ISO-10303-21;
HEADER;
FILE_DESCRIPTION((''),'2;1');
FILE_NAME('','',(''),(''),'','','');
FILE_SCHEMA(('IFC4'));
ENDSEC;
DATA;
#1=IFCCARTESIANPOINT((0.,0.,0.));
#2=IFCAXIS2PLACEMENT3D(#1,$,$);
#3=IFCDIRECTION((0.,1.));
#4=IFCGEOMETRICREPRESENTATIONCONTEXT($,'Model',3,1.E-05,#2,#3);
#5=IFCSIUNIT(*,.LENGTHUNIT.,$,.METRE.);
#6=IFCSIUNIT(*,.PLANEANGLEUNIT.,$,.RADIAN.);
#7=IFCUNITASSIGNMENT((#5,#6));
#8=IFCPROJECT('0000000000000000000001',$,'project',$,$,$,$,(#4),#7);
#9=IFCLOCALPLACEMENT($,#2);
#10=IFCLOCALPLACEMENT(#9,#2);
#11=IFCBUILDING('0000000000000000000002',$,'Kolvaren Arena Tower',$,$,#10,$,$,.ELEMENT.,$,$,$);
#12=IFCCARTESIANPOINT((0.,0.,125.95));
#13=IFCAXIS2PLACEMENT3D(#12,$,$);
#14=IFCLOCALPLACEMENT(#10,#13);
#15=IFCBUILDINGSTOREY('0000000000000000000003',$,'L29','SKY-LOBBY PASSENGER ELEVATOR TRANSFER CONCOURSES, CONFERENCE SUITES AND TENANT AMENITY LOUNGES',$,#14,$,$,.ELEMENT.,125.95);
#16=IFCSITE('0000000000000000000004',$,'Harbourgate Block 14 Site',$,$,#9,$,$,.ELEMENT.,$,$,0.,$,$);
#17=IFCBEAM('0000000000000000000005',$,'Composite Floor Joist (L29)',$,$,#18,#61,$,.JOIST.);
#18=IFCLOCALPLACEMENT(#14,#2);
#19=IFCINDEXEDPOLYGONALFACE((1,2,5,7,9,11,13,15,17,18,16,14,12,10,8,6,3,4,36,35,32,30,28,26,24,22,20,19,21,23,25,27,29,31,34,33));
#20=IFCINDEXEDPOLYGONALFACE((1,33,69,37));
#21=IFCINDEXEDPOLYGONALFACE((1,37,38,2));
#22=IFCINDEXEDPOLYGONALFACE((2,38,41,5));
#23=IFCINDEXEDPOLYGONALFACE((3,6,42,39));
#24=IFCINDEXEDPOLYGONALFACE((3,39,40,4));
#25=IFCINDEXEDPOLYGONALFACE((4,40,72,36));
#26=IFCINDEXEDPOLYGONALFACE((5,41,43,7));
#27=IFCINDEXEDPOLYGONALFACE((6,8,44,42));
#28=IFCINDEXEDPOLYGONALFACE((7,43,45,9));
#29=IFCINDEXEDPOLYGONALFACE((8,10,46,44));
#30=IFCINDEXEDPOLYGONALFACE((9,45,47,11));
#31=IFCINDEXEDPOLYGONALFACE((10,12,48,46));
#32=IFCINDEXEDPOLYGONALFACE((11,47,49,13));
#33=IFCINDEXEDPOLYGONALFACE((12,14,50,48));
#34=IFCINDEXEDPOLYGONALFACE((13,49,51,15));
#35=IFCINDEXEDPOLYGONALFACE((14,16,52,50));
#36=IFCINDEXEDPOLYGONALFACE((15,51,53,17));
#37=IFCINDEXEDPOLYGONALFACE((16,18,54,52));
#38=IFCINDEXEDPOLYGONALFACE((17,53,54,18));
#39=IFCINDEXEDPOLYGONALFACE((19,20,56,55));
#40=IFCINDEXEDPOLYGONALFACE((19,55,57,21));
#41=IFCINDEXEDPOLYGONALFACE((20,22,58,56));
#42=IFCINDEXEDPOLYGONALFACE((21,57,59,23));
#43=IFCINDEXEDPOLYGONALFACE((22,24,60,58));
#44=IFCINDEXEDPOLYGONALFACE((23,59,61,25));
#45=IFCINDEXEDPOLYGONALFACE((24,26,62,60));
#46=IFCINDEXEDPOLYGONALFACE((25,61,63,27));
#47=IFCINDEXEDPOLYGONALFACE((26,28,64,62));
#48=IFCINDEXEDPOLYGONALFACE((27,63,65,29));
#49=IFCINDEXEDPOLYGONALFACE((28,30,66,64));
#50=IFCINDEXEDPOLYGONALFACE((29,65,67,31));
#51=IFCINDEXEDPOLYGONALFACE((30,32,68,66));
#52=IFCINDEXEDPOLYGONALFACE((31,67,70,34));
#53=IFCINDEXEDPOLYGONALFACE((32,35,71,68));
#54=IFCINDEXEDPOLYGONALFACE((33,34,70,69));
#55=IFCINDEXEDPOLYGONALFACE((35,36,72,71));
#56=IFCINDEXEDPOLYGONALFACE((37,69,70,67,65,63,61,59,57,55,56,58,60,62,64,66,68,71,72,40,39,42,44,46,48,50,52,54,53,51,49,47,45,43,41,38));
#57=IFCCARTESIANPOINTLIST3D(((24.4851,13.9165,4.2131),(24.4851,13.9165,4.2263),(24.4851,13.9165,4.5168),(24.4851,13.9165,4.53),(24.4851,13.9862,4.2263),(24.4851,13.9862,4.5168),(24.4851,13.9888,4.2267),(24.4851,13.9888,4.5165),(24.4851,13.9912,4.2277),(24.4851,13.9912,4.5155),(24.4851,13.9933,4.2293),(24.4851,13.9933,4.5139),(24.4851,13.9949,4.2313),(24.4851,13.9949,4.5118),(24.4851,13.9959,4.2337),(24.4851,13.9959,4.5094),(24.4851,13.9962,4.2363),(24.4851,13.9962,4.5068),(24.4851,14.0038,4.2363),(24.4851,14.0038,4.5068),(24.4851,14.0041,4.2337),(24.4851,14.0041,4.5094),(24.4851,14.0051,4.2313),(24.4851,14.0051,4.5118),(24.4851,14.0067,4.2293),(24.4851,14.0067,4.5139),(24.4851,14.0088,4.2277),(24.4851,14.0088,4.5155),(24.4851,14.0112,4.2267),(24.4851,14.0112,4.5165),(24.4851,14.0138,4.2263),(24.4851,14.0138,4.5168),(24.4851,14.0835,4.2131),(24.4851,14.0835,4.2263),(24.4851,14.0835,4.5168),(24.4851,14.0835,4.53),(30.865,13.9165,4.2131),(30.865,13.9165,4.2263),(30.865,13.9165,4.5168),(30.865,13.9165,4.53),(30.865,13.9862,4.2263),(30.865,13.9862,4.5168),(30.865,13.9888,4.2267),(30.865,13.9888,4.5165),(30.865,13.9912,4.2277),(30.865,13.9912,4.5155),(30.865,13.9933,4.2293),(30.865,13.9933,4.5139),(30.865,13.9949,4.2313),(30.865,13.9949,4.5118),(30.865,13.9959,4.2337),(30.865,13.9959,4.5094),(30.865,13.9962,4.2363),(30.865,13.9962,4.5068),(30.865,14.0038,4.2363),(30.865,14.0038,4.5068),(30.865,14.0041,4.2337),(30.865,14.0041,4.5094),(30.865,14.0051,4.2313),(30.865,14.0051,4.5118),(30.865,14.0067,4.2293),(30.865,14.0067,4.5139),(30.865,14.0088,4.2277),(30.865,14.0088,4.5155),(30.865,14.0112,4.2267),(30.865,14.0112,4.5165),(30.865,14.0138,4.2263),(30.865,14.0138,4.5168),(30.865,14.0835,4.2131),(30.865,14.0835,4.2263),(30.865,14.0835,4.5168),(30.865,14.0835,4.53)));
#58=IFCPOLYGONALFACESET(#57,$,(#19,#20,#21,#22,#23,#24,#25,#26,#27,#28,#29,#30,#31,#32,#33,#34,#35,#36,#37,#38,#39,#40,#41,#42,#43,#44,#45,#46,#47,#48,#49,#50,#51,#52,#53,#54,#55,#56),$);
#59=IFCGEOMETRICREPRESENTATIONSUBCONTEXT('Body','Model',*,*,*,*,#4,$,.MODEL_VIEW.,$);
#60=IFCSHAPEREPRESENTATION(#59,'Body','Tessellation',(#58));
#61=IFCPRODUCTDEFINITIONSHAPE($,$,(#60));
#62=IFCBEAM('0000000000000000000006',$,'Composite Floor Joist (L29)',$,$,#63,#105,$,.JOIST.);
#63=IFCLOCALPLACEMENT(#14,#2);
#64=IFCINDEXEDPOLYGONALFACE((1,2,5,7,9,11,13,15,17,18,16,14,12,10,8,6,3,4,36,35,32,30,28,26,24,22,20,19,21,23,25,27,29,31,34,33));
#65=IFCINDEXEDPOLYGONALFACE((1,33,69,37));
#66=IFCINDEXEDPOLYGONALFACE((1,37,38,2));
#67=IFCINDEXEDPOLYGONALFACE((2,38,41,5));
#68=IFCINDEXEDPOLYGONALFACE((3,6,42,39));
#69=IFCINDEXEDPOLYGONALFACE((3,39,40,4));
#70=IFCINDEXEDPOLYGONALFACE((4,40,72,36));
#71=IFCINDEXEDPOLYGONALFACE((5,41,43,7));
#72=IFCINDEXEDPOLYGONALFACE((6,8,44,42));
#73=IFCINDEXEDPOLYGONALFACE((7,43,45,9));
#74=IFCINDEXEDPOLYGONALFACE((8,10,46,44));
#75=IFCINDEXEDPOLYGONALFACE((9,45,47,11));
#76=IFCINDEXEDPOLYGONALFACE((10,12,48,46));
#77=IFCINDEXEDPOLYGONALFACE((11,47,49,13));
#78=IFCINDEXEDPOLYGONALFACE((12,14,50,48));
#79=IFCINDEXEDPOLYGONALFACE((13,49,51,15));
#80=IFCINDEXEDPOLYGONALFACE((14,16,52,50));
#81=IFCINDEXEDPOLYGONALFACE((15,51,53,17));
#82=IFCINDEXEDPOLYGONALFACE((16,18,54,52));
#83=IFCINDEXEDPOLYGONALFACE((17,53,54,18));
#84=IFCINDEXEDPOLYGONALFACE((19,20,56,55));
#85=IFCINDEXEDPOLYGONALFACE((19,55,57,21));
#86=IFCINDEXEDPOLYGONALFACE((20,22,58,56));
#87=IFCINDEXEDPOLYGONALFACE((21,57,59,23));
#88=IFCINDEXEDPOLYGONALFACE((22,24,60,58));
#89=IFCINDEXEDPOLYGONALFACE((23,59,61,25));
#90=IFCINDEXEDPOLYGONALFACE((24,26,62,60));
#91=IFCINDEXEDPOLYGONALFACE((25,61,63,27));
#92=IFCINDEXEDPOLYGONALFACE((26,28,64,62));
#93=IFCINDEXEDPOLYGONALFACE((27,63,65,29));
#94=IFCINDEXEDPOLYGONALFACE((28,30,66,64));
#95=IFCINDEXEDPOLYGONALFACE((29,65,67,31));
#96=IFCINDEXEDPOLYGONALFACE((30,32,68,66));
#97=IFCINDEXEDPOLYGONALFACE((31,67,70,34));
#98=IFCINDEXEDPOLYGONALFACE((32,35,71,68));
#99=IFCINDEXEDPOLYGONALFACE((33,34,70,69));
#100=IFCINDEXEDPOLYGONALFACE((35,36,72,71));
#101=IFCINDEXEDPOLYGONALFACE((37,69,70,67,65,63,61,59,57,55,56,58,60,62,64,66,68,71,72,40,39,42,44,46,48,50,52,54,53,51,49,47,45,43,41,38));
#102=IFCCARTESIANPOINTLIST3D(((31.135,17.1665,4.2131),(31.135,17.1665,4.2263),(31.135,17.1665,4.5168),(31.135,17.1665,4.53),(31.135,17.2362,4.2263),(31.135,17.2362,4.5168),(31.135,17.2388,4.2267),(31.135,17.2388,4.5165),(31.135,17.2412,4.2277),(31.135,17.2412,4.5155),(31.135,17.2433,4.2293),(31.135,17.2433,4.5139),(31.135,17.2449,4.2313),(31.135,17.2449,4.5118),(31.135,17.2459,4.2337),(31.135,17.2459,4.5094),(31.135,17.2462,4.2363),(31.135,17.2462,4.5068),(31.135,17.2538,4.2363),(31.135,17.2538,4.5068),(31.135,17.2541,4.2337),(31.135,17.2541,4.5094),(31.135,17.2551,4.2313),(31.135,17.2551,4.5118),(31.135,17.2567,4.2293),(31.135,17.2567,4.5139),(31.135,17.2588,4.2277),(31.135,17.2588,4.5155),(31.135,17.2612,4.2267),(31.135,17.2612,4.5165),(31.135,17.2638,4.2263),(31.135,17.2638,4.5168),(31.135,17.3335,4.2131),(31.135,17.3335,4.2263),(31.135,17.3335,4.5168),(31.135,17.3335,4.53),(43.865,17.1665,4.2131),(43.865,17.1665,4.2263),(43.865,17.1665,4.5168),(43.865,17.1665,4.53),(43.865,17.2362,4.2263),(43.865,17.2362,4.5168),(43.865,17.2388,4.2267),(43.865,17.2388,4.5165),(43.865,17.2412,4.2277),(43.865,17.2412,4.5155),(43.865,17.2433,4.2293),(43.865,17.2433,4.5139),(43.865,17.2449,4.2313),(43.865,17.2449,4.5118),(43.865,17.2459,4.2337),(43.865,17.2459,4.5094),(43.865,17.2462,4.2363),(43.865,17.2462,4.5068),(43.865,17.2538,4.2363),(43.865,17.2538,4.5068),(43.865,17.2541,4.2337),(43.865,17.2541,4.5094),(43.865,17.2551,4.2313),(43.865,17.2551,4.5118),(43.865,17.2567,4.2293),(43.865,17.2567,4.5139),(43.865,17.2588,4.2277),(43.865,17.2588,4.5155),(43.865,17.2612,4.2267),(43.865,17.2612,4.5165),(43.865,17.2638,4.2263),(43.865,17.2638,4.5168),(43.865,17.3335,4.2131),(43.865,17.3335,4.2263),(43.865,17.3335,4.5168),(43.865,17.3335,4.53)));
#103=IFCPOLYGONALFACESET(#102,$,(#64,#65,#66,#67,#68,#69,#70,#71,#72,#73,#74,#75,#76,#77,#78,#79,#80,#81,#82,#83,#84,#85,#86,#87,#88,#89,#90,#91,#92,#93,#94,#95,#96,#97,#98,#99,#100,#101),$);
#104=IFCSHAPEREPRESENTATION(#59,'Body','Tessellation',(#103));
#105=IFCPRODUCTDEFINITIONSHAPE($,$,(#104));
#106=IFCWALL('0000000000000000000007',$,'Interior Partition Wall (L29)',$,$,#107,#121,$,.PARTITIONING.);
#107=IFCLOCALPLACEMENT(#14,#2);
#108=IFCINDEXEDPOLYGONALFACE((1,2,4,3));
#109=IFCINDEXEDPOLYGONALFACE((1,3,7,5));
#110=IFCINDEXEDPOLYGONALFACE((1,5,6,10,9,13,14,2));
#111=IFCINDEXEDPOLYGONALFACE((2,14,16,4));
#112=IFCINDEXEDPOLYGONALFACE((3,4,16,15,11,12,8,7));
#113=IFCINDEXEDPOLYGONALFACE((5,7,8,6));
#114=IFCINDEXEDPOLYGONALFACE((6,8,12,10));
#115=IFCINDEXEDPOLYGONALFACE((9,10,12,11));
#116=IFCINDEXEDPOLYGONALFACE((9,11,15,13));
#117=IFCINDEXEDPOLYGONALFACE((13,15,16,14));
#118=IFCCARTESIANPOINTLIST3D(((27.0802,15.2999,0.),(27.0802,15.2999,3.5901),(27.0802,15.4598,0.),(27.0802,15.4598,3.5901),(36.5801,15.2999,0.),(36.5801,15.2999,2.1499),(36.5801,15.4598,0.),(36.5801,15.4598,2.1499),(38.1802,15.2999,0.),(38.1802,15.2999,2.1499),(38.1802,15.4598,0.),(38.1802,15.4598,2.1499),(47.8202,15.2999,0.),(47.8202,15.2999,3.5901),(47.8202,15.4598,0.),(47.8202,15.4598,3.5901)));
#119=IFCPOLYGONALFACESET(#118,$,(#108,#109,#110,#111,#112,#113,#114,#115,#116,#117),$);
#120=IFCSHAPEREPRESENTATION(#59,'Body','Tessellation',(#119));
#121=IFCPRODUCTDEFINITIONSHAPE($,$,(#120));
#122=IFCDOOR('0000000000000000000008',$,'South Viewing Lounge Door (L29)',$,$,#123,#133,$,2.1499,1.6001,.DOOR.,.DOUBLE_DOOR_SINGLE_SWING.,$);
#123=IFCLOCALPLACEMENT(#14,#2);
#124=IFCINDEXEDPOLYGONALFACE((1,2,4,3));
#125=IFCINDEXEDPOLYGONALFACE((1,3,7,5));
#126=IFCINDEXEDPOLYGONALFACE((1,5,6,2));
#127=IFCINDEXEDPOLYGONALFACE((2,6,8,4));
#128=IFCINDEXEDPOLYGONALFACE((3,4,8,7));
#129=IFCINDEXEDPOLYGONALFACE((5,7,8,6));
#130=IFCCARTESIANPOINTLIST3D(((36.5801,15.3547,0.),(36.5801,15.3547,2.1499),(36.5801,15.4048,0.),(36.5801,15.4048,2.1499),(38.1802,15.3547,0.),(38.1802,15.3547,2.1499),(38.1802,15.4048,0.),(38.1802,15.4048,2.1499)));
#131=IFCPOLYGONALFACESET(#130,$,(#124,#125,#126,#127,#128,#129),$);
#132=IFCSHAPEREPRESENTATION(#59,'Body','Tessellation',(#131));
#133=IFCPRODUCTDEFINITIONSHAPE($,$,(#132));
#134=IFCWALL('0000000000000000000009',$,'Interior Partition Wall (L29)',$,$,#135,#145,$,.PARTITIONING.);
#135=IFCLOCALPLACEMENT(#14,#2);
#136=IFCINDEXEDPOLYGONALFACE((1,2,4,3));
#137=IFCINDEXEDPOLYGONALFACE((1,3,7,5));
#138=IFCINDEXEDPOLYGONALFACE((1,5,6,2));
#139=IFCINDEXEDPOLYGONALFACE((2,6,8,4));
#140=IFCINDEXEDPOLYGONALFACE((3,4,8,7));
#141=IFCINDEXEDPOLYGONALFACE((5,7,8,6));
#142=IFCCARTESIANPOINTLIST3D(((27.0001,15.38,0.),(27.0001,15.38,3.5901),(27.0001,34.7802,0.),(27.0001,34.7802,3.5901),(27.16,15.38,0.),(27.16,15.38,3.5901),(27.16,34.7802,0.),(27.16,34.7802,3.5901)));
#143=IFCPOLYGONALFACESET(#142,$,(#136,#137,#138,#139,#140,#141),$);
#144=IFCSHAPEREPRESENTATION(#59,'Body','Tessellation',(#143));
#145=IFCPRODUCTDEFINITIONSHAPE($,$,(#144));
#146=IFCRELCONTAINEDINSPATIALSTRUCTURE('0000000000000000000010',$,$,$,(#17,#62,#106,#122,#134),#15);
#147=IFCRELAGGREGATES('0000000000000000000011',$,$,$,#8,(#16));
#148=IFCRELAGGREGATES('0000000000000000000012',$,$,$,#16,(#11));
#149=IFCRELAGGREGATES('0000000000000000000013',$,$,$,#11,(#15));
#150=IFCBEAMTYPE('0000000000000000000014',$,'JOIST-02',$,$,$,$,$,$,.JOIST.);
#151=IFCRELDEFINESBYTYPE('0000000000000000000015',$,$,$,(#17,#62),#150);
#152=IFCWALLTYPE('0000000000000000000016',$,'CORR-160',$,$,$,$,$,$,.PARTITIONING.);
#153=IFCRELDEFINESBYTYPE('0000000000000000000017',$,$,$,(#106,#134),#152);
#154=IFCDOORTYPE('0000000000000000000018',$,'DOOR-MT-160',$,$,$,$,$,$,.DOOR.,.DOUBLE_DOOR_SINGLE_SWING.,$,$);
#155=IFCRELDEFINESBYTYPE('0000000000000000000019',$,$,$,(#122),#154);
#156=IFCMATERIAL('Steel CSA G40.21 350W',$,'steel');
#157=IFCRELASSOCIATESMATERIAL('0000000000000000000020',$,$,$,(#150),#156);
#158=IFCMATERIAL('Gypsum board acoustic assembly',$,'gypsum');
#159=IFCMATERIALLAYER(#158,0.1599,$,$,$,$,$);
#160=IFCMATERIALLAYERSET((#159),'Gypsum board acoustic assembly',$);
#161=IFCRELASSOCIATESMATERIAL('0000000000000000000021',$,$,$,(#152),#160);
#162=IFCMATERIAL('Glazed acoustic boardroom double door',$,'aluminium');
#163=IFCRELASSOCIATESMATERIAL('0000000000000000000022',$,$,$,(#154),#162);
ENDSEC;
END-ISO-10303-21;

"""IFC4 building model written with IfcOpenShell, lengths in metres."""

from ifc_helpers import new_model, si_unit, direction, frame, frame_2d, origin, origin_2d, place, context, subcontext, project, spatial, rectangle, i_section, extrude, material, layer, layer_set, material_profile, profile_set, type_object, element, fill, save


model = new_model("IFC4")

# Units and contexts
model_context = context("Model", 3, precision=1e-05, world=origin(), true_north=direction((0.0, 1.0)))
body_context = subcontext(model_context, "Body", "Model", "MODEL_VIEW")
ifc_project = project(units=[si_unit("LENGTHUNIT", "METRE"), si_unit("PLANEANGLEUNIT", "RADIAN")], contexts=[model_context])

# Site, building, storey
site_placement = place(None, origin())
site = spatial("IfcSite", under=ifc_project, at=site_placement, Name="Harbourgate Block 14 Site", CompositionType="ELEMENT", RefElevation=0.0)
building_placement = place(site_placement, origin())
building = spatial("IfcBuilding", under=site, at=building_placement, Name="Kolvaren Arena Tower", CompositionType="ELEMENT")
storey_placement = place(building_placement, frame((0.0, 0.0, 125.95)))
storey = spatial("IfcBuildingStorey", under=building, at=storey_placement, Name="L29", Description="SKY-LOBBY PASSENGER ELEVATOR TRANSFER CONCOURSES, CONFERENCE SUITES AND TENANT AMENITY LOUNGES", CompositionType="ELEMENT", Elevation=125.95)

# Shared definitions
ifc_material_1 = material(Name="Steel CSA G40.21 350W", Category="steel")

# Beams
ifc_material_profile_1 = material_profile(ifc_material_1, i_section(OverallWidth=0.167, OverallDepth=0.3169, WebThickness=0.0076, FlangeThickness=0.0132, FilletRadius=0.01, at=origin_2d()), Name="W310x52")
ifc_profile_set_1 = profile_set([ifc_material_profile_1], Name="Steel CSA G40.21 350W")
beam_type_1 = type_object("IfcBeamType", Name="JOIST-02", PredefinedType="JOIST", material=ifc_profile_set_1)
beam_1_placement = place(storey_placement, frame((24.4851, 14.0, 4.3716), z_axis=(1.0, 0.0, 0.0), x_axis=(0.0, 1.0, 0.0)))
element("IfcBeam", 1, at=beam_1_placement, inside=storey, type_object=beam_type_1, Name="Composite Floor Joist (L29)", PredefinedType="JOIST", context=body_context, shape_type="SweptSolid", body=[
    extrude(i_section(OverallWidth=0.167, OverallDepth=0.3169, WebThickness=0.0076, FlangeThickness=0.0132, FilletRadius=0.01, at=origin_2d()), origin(), (0.0, 0.0, 1.0), 6.3799),
])
beam_2_placement = place(storey_placement, frame((31.135, 17.25, 4.3716), z_axis=(1.0, 0.0, 0.0), x_axis=(0.0, 1.0, 0.0)))
element("IfcBeam", 2, at=beam_2_placement, inside=storey, type_object=beam_type_1, Name="Composite Floor Joist (L29)", PredefinedType="JOIST", context=body_context, shape_type="SweptSolid", body=[
    extrude(i_section(OverallWidth=0.167, OverallDepth=0.3169, WebThickness=0.0076, FlangeThickness=0.0132, FilletRadius=0.01, at=origin_2d()), origin(), (0.0, 0.0, 1.0), 12.73),
])

# Wall, opening, door
ifc_material_2 = material(Name="Gypsum board acoustic assembly", Category="gypsum")
ifc_layer_1 = layer(ifc_material_2, 0.1599)
ifc_layer_set_1 = layer_set([ifc_layer_1], Name="Gypsum board acoustic assembly")
wall_type_1 = type_object("IfcWallType", Name="CORR-160", PredefinedType="PARTITIONING", material=ifc_layer_set_1)
wall_1_placement = place(storey_placement, frame((27.0801, 15.3799, 0.0), z_axis=(0.0, 0.0, 1.0), x_axis=(1.0, 0.0, 0.0)))
wall_1 = element("IfcWall", 3, at=wall_1_placement, inside=storey, type_object=wall_type_1, Name="Interior Partition Wall (L29)", PredefinedType="PARTITIONING", context=body_context, shape_type="SweptSolid", body=[
    extrude(rectangle(XDim=20.74, YDim=0.1599, at=frame_2d((10.3701, 0.0))), origin(), (0.0, 0.0, 1.0), 3.5901),
])
opening_1_placement = place(wall_1_placement, frame((9.5, 0.0, 0.0)))
opening_1 = element("IfcOpeningElement", 4, at=opening_1_placement, cuts=wall_1, PredefinedType="OPENING", context=body_context, shape_type="SweptSolid", body=[
    extrude(rectangle(XDim=1.6001, YDim=2.1499, at=frame_2d((0.8, 1.075))), frame((0.0, 0.0898, 0.0), z_axis=(0.0, -1.0, 0.0), x_axis=(1.0, 0.0, 0.0)), (0.0, 0.0, 1.0), 0.1799),
])
ifc_material_3 = material(Name="Glazed acoustic boardroom double door", Category="aluminium")
door_type_1 = type_object("IfcDoorType", Name="DOOR-MT-160", OperationType="DOUBLE_DOOR_SINGLE_SWING", PredefinedType="DOOR", material=ifc_material_3)
door_1_placement = place(opening_1_placement, origin())
door_1 = element("IfcDoor", 5, at=door_1_placement, inside=storey, type_object=door_type_1, Name="South Viewing Lounge Door (L29)", OperationType="DOUBLE_DOOR_SINGLE_SWING", OverallHeight=2.1499, OverallWidth=1.6001, PredefinedType="DOOR", context=body_context, shape_type="SweptSolid", body=[
    extrude(rectangle(XDim=1.6001, YDim=2.1499, at=frame_2d((0.8, 1.075))), frame((0.0, 0.0249, 0.0), z_axis=(0.0, -1.0, 0.0), x_axis=(1.0, 0.0, 0.0)), (0.0, 0.0, 1.0), 0.05),
])
fill(opening_1, door_1)

# Wall
wall_2_placement = place(storey_placement, frame((27.0801, 15.3799, 0.0), z_axis=(0.0, 0.0, 1.0), x_axis=(0.0, 1.0, 0.0)))
element("IfcWall", 6, at=wall_2_placement, inside=storey, type_object=wall_type_1, Name="Interior Partition Wall (L29)", PredefinedType="PARTITIONING", context=body_context, shape_type="SweptSolid", body=[
    extrude(rectangle(XDim=19.4001, YDim=0.1599, at=frame_2d((9.7002, 0.0))), origin(), (0.0, 0.0, 1.0), 3.5901),
])

save(model, "model.ifc")
